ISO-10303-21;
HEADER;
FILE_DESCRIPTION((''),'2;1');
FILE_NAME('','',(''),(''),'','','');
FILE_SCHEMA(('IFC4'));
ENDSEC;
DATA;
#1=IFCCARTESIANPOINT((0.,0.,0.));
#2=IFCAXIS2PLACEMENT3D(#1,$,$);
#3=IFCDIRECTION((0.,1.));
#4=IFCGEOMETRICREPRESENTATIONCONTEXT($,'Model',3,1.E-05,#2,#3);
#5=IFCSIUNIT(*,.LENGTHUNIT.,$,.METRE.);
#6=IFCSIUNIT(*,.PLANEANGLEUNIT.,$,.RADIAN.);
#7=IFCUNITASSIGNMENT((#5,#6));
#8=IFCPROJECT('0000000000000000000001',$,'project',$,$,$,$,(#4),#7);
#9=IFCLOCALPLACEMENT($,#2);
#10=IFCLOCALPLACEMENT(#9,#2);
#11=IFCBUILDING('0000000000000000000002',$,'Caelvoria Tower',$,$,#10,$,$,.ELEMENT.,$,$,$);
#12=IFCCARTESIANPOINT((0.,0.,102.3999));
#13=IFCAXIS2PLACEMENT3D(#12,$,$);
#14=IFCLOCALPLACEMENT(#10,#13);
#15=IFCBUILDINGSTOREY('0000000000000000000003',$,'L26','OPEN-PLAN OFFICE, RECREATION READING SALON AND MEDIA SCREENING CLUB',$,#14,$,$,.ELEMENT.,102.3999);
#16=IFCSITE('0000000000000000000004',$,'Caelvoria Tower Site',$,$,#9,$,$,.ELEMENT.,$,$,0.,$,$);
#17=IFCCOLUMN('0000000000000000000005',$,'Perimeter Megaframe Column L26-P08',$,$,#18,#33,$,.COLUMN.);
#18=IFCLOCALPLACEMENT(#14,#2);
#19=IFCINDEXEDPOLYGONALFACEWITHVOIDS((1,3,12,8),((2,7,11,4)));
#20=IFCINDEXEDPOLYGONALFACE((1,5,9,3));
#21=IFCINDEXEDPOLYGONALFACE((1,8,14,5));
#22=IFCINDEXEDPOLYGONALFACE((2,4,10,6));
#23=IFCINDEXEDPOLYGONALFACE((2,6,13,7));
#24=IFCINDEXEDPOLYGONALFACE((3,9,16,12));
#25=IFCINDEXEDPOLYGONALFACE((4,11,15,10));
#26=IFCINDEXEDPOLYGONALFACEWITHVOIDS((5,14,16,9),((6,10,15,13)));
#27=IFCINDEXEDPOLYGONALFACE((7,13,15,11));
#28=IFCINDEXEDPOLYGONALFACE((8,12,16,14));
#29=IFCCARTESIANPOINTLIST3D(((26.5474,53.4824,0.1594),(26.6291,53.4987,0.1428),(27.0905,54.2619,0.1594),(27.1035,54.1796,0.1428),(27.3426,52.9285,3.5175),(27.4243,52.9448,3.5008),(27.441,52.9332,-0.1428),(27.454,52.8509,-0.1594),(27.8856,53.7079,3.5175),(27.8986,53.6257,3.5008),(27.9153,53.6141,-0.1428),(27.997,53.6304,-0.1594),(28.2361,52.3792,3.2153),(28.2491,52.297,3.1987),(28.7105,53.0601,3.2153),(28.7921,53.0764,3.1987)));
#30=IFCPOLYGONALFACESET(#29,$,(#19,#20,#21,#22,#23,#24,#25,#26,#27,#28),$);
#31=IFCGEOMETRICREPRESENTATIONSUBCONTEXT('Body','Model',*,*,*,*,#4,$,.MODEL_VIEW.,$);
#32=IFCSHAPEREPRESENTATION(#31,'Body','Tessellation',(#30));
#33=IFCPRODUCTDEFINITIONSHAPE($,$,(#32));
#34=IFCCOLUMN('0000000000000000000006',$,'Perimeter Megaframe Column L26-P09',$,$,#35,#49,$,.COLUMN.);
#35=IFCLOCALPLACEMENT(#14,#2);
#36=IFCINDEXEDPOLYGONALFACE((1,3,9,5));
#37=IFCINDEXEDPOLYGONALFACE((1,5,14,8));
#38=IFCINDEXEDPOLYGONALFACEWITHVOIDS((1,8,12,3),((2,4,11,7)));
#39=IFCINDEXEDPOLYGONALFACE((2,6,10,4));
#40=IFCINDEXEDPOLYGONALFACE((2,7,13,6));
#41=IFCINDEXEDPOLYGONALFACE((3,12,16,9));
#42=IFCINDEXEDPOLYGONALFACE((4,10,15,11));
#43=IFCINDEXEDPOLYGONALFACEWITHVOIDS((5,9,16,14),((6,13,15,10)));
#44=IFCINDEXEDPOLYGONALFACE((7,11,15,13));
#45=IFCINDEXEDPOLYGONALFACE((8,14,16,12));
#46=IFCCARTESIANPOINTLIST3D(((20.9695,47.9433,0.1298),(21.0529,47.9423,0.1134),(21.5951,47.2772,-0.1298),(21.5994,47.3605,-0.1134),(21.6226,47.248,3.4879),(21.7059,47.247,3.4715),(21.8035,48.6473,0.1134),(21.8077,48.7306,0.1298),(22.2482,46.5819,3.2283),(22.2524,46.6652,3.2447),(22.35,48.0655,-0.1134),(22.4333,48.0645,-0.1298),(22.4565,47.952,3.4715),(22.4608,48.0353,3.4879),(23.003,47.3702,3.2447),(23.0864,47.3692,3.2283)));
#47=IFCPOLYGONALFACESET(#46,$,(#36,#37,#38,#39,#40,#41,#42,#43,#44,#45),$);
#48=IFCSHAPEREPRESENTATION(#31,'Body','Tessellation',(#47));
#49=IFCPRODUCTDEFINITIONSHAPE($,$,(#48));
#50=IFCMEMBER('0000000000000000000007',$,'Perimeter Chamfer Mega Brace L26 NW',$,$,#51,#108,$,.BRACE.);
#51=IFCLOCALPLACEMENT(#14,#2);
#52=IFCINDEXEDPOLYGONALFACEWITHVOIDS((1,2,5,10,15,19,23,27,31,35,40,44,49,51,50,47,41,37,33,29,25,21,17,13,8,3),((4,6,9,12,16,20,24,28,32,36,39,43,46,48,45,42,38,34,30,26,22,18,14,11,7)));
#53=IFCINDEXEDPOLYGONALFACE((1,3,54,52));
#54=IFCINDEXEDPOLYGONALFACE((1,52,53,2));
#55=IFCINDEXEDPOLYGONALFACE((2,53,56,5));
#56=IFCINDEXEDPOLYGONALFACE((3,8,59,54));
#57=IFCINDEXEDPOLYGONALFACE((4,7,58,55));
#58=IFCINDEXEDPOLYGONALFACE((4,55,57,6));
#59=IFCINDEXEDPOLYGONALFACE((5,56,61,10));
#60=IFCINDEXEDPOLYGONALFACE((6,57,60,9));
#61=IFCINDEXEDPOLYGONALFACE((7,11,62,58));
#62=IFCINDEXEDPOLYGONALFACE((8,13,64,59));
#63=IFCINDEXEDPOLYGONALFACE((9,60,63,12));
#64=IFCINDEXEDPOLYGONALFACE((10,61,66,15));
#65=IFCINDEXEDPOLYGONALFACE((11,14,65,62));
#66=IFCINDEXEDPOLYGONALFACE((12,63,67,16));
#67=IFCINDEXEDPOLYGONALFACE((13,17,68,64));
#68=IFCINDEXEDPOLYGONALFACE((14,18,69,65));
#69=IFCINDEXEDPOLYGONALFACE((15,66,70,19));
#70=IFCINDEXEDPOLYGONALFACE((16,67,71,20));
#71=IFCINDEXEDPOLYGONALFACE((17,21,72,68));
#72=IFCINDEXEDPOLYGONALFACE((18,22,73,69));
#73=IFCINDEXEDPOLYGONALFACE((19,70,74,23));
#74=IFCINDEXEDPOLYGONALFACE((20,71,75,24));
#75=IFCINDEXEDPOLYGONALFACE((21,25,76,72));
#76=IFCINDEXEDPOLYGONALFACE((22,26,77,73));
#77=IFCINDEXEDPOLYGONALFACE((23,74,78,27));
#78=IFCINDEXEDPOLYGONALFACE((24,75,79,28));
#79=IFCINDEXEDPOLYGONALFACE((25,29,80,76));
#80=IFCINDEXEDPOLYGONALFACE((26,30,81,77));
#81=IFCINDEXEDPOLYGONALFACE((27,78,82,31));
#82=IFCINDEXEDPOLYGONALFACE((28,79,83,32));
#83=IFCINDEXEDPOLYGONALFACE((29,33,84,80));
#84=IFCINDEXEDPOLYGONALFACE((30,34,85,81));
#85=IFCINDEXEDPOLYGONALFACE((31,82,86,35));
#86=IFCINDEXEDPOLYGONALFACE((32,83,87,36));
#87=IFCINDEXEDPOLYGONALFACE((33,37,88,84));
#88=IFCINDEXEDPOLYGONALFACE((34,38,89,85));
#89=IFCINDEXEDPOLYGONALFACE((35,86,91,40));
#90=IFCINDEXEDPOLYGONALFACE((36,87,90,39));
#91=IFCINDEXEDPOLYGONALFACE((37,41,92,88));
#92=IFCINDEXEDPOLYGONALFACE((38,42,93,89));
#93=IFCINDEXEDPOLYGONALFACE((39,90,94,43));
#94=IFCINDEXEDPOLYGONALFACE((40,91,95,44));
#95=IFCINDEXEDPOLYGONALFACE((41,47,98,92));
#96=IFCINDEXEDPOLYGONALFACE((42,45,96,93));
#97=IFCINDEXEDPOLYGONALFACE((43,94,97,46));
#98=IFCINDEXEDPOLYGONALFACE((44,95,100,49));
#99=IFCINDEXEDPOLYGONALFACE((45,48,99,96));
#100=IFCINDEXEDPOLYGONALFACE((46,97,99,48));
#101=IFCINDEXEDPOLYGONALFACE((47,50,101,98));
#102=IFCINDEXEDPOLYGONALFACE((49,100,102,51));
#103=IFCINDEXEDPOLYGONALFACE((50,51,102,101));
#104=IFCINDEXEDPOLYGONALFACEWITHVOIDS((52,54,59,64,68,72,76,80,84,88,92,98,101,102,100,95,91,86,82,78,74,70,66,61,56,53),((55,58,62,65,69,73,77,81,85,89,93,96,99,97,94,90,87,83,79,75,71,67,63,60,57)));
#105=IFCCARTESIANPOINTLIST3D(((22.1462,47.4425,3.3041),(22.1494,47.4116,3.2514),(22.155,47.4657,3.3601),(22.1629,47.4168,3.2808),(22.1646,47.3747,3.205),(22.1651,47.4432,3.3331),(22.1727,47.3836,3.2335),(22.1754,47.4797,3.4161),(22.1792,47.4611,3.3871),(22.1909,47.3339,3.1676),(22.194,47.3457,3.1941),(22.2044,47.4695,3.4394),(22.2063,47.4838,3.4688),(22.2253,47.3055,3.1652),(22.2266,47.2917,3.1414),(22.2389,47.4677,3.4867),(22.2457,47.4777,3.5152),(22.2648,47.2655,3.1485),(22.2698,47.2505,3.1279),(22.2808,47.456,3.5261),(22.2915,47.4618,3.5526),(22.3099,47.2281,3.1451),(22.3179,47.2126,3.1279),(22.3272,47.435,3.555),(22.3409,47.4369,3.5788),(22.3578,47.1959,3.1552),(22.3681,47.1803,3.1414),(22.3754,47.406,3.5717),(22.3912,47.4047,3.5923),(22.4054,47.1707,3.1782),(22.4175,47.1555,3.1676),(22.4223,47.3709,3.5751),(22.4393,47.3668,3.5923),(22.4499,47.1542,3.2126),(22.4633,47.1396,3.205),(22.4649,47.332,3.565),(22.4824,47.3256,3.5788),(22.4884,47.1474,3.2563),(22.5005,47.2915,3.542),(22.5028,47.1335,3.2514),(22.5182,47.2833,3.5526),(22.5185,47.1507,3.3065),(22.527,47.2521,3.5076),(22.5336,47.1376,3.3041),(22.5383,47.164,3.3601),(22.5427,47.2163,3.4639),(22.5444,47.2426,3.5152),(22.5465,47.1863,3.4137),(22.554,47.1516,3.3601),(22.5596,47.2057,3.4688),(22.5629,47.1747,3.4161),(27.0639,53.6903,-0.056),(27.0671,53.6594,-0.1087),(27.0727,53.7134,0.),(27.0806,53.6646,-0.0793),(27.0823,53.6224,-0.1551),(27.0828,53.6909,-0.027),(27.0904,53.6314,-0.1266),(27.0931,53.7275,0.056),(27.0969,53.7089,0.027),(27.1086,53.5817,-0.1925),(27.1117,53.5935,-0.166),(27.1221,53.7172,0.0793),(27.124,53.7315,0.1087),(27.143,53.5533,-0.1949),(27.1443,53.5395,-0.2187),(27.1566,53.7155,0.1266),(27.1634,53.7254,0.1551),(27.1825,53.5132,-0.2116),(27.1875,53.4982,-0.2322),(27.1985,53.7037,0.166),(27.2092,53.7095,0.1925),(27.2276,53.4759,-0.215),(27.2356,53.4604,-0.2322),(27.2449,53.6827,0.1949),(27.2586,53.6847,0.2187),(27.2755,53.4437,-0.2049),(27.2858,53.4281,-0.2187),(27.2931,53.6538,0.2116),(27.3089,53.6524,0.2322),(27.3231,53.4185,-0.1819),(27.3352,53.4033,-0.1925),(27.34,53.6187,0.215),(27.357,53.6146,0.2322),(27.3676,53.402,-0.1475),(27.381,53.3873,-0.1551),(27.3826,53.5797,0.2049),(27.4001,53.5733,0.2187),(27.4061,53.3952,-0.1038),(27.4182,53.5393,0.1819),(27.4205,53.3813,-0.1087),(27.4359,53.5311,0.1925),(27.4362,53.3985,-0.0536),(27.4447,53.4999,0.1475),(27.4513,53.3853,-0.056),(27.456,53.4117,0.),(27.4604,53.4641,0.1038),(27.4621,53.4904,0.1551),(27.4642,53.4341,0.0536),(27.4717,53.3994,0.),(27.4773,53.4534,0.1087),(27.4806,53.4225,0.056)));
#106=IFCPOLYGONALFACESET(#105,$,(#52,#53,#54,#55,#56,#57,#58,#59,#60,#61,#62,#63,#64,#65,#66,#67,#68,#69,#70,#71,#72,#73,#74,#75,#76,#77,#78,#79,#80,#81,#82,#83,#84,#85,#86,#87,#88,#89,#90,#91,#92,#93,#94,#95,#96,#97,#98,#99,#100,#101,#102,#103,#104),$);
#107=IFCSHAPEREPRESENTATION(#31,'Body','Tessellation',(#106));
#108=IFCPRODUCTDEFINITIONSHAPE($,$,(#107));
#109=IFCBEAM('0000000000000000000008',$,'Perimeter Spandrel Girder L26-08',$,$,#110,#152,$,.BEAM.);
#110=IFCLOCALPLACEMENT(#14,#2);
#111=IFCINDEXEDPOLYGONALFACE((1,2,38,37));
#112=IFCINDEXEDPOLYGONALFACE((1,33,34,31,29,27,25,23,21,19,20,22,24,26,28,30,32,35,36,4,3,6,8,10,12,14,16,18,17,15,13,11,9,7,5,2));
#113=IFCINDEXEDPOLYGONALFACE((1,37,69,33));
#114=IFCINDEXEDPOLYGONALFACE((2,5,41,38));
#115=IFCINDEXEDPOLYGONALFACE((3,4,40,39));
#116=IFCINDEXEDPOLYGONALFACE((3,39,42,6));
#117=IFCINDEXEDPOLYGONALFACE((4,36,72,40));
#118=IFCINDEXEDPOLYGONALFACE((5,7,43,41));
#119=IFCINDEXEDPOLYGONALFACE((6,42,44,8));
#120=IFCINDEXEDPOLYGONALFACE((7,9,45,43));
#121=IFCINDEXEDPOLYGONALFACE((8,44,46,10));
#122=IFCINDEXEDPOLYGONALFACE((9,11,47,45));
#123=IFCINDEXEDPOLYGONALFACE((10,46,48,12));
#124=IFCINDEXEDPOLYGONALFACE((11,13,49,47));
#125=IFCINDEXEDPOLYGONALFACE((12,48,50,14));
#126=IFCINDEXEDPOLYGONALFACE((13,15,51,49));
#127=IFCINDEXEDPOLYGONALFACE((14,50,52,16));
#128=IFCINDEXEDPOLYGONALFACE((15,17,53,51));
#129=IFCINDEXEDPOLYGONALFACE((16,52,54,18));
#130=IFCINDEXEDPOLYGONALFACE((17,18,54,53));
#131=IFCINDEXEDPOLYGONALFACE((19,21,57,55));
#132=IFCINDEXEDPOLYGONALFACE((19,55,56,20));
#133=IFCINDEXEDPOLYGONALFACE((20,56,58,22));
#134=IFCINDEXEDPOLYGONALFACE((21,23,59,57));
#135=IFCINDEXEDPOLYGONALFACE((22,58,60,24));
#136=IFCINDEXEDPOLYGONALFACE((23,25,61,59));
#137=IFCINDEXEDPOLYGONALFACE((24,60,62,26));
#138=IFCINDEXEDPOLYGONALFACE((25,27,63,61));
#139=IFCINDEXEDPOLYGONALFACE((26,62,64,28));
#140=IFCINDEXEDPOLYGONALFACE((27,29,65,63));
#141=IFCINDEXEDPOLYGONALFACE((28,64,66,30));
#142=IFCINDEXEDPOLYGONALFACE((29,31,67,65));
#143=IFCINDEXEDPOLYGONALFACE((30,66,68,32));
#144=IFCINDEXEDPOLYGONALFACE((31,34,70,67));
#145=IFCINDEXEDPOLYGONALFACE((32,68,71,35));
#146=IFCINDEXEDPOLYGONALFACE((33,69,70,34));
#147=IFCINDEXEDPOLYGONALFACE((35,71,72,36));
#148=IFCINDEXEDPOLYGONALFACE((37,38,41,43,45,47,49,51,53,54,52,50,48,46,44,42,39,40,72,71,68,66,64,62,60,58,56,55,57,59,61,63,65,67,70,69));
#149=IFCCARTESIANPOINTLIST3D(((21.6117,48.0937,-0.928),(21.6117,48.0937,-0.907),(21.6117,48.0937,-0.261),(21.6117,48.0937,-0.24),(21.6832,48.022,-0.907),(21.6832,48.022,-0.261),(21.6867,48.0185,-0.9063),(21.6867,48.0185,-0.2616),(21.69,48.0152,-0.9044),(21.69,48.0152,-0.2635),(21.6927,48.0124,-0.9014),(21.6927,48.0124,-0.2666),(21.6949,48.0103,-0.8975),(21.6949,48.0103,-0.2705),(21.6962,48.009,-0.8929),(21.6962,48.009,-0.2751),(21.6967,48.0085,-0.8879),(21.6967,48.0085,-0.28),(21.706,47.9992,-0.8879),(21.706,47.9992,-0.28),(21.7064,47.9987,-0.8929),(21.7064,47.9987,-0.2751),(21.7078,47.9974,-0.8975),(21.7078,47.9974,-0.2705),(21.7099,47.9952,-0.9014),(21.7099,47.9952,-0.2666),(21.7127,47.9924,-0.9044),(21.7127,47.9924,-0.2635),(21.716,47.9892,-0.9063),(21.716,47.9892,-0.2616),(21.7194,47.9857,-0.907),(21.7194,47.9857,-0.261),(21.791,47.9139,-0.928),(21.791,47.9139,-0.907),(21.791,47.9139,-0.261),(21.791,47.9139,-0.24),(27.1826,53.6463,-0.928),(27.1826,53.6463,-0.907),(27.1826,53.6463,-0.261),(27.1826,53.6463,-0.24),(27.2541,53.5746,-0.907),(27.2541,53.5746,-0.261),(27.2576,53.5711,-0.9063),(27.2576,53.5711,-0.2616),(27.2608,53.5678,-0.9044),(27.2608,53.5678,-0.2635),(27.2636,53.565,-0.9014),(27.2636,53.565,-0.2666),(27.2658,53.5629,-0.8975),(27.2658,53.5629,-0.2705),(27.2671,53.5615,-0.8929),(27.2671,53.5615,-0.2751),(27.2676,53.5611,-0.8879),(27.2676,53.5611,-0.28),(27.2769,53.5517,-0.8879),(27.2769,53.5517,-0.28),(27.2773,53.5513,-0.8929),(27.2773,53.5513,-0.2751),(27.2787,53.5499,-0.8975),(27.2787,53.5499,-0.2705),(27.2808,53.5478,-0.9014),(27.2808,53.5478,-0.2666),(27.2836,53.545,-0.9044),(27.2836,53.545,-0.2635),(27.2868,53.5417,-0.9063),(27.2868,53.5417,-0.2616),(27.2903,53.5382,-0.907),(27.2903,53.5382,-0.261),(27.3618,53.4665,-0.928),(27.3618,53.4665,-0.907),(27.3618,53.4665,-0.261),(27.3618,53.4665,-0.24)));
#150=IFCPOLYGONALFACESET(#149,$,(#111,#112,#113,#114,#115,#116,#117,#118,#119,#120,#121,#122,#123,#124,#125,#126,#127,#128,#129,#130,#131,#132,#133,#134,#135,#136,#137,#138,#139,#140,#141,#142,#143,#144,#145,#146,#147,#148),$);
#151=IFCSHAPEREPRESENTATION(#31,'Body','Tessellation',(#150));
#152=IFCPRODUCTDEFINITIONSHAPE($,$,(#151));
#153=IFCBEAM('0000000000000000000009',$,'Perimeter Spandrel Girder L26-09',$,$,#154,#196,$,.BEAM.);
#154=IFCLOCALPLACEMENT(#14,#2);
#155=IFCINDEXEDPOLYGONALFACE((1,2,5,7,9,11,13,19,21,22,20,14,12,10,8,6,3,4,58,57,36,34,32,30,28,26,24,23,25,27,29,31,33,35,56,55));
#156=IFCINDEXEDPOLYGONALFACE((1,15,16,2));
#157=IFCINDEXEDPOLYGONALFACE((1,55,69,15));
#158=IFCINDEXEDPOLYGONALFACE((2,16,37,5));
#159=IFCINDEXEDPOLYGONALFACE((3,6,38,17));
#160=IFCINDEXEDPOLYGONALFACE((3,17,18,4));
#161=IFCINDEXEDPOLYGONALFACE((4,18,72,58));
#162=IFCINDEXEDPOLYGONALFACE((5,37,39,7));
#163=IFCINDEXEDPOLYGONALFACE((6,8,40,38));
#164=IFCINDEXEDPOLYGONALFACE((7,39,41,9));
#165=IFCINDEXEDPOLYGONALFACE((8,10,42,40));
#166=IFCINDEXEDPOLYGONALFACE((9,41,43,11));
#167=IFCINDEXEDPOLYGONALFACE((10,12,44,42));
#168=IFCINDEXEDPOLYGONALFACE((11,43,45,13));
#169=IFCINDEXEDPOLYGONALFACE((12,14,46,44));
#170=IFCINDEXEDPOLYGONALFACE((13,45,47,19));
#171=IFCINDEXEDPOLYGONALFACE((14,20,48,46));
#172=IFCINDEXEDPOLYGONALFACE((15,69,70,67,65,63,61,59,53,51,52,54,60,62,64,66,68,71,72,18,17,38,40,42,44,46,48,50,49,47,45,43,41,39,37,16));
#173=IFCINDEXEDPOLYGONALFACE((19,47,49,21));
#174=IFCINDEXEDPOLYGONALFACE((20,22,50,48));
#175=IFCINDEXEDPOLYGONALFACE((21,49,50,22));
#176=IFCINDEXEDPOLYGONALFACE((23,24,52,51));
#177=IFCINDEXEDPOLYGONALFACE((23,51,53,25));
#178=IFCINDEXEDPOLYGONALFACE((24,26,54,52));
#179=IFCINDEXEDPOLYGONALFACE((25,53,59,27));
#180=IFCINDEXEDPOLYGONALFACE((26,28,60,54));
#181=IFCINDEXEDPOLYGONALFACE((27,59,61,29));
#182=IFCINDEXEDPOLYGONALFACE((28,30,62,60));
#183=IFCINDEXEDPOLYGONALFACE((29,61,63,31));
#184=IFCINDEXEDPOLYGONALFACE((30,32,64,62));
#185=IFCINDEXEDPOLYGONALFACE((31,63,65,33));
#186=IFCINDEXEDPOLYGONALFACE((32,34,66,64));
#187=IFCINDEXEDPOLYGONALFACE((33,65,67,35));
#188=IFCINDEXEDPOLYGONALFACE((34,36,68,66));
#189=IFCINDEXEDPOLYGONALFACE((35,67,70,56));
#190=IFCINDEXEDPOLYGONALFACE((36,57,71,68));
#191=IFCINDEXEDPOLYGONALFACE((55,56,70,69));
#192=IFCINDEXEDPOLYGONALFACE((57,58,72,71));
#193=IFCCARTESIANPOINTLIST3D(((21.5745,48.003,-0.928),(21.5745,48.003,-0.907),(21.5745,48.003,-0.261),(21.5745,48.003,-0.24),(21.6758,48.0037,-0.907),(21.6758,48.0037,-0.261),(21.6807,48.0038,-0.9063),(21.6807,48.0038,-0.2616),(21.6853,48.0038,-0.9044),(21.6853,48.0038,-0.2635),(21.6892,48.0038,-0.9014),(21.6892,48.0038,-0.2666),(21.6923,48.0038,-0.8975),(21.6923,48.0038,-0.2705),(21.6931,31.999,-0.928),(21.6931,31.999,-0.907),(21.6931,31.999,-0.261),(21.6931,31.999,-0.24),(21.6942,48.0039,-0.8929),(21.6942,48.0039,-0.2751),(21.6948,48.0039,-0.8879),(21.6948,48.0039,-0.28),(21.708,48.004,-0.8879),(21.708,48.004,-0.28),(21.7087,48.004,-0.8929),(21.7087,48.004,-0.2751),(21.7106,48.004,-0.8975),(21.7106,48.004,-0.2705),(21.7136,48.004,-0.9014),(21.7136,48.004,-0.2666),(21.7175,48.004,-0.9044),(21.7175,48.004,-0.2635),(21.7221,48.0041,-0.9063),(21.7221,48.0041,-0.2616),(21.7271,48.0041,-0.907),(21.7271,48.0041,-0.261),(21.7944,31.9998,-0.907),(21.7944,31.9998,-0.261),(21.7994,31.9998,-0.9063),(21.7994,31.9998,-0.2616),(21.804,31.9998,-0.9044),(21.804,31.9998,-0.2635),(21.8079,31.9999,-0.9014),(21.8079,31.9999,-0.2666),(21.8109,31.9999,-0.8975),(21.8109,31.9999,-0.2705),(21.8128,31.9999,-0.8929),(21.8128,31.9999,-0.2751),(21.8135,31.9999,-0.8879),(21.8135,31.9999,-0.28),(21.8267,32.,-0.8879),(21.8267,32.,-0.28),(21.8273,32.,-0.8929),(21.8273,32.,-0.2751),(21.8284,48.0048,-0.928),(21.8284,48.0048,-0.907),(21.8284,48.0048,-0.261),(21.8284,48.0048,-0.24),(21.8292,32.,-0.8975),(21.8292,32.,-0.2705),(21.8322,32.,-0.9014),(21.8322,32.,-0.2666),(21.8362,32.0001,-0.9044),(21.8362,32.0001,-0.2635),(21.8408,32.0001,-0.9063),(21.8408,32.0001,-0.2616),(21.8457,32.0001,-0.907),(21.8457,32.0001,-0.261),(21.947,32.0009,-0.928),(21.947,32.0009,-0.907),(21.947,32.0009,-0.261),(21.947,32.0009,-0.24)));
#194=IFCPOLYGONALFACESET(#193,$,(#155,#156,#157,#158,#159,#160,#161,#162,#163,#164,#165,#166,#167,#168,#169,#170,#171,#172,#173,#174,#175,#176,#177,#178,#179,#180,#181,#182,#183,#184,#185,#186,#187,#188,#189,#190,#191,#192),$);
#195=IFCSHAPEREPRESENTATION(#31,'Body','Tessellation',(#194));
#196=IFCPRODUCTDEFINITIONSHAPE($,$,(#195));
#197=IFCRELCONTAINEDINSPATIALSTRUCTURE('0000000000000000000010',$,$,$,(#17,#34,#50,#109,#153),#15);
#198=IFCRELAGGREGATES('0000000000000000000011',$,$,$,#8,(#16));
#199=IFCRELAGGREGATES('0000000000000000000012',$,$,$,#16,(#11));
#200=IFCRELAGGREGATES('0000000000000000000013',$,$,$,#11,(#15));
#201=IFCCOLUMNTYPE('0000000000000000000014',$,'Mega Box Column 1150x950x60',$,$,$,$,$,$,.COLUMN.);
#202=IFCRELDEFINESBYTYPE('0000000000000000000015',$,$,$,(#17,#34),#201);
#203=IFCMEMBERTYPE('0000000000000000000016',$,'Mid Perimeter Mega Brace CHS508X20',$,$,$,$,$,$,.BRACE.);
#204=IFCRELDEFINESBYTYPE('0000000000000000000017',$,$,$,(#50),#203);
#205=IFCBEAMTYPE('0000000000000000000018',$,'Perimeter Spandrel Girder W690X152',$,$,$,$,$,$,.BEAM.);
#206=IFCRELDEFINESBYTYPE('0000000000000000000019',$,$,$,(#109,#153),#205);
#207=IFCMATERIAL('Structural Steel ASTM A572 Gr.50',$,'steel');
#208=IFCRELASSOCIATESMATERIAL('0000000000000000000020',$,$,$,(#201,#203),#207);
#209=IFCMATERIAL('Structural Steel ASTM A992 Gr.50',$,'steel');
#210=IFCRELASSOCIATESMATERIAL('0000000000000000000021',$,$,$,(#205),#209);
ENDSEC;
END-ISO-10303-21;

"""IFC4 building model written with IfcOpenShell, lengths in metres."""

from ifc_helpers import new_model, si_unit, direction, frame, origin, origin_2d, place, context, subcontext, project, spatial, hollow_rectangle, hollow_circle, i_section, extrude, material, material_profile, profile_set, type_object, element, save


model = new_model("IFC4")

# Units and contexts
model_context = context("Model", 3, precision=1e-05, world=origin(), true_north=direction((0.0, 1.0)))
body_context = subcontext(model_context, "Body", "Model", "MODEL_VIEW")
ifc_project = project(units=[si_unit("LENGTHUNIT", "METRE"), si_unit("PLANEANGLEUNIT", "RADIAN")], contexts=[model_context])

# Site, building, storey
site_placement = place(None, origin())
site = spatial("IfcSite", under=ifc_project, at=site_placement, Name="Caelvoria Tower Site", CompositionType="ELEMENT", RefElevation=0.0)
building_placement = place(site_placement, origin())
building = spatial("IfcBuilding", under=site, at=building_placement, Name="Caelvoria Tower", CompositionType="ELEMENT")
storey_placement = place(building_placement, frame((0.0, 0.0, 102.3999)))
storey = spatial("IfcBuildingStorey", under=building, at=storey_placement, Name="L26", Description="OPEN-PLAN OFFICE, RECREATION READING SALON AND MEDIA SCREENING CLUB", CompositionType="ELEMENT", Elevation=102.3999)

# Columns
ifc_material_1 = material(Name="Structural Steel ASTM A572 Gr.50", Category="steel")
ifc_material_profile_1 = material_profile(ifc_material_1, hollow_rectangle(XDim=0.95, YDim=1.1499, WallThickness=0.0601, at=origin_2d()), Name="Structural Steel ASTM A572 Gr.50")
ifc_profile_set_1 = profile_set([ifc_material_profile_1], Name="BOX1150X950X60 - Structural Steel ASTM A572 Gr.50")
column_type = type_object("IfcColumnType", Name="Mega Box Column 1150x950x60", PredefinedType="COLUMN", material=ifc_profile_set_1)
column_1_placement = place(storey_placement, frame((27.2722, 53.5564, 0.0), z_axis=(0.227503, -0.158491, 0.960793), x_axis=(0.571618, 0.82052, 0.0)))
element("IfcColumn", 1, at=column_1_placement, inside=storey, type_object=column_type, Name="Perimeter Megaframe Column L26-P08", PredefinedType="COLUMN", context=body_context, shape_type="SweptSolid", body=[
    extrude(hollow_rectangle(XDim=0.95, YDim=1.1499, WallThickness=0.0601, at=origin_2d()), origin(), (0.0, 0.0, 1.0), 3.4951),
])
column_2_placement = place(storey_placement, frame((21.7014, 48.0039, 0.0), z_axis=(0.187074, -0.199172, 0.961943), x_axis=(-0.658567, 0.701159, 0.273251)))
element("IfcColumn", 2, at=column_2_placement, inside=storey, type_object=column_type, Name="Perimeter Megaframe Column L26-P09", PredefinedType="COLUMN", context=body_context, shape_type="SweptSolid", body=[
    extrude(hollow_rectangle(XDim=0.95, YDim=1.1499, WallThickness=0.0601, at=origin_2d()), origin(), (0.0, 0.0, 1.0), 3.491),
])

# Member
ifc_material_profile_2 = material_profile(ifc_material_1, hollow_circle(Radius=0.2539, WallThickness=0.02, at=origin_2d()), Name="Structural Steel ASTM A572 Gr.50")
ifc_profile_set_2 = profile_set([ifc_material_profile_2], Name="CHS508X20 - Structural Steel ASTM A572 Gr.50")
member_type = type_object("IfcMemberType", Name="Mid Perimeter Mega Brace CHS508X20", PredefinedType="BRACE", material=ifc_profile_set_2)
member_placement = place(storey_placement, frame((27.2722, 53.5564, 0.0), z_axis=(-0.569716, -0.723805, 0.389267), x_axis=(0.785784, -0.618501, 0.0)))
element("IfcMember", 3, at=member_placement, inside=storey, type_object=member_type, Name="Perimeter Chamfer Mega Brace L26 NW", PredefinedType="BRACE", context=body_context, shape_type="SweptSolid", body=[
    extrude(hollow_circle(Radius=0.2539, WallThickness=0.02, at=origin_2d()), origin(), (0.0, 0.0, 1.0), 8.6318),
])

# Beams
ifc_material_2 = material(Name="Structural Steel ASTM A992 Gr.50", Category="steel")
ifc_material_profile_3 = material_profile(ifc_material_2, i_section(OverallWidth=0.2539, OverallDepth=0.688, WebThickness=0.0132, FlangeThickness=0.021, FilletRadius=0.019, at=origin_2d()), Name="Structural Steel ASTM A992 Gr.50")
ifc_profile_set_3 = profile_set([ifc_material_profile_3], Name="W690X152 - Structural Steel ASTM A992 Gr.50")
beam_type = type_object("IfcBeamType", Name="Perimeter Spandrel Girder W690X152", PredefinedType="BEAM", material=ifc_profile_set_3)
beam_1_placement = place(storey_placement, frame((27.2722, 53.5564, -0.584), z_axis=(-0.70827, -0.705942, 0.0), x_axis=(0.705942, -0.70827, 0.0)))
element("IfcBeam", 4, at=beam_1_placement, inside=storey, type_object=beam_type, Name="Perimeter Spandrel Girder L26-08", PredefinedType="BEAM", context=body_context, shape_type="SweptSolid", body=[
    extrude(i_section(OverallWidth=0.2539, OverallDepth=0.688, WebThickness=0.0132, FlangeThickness=0.021, FilletRadius=0.019, at=origin_2d()), origin(), (0.0, 0.0, 1.0), 7.8655),
])
beam_2_placement = place(storey_placement, frame((21.7014, 48.0039, -0.584), z_axis=(0.007414, -0.999973, 0.0), x_axis=(0.999973, 0.007414, 0.0)))
element("IfcBeam", 5, at=beam_2_placement, inside=storey, type_object=beam_type, Name="Perimeter Spandrel Girder L26-09", PredefinedType="BEAM", context=body_context, shape_type="SweptSolid", body=[
    extrude(i_section(OverallWidth=0.2539, OverallDepth=0.688, WebThickness=0.0132, FlangeThickness=0.021, FilletRadius=0.019, at=origin_2d()), origin(), (0.0, 0.0, 1.0), 16.0044),
])

save(model, "model.ifc")
